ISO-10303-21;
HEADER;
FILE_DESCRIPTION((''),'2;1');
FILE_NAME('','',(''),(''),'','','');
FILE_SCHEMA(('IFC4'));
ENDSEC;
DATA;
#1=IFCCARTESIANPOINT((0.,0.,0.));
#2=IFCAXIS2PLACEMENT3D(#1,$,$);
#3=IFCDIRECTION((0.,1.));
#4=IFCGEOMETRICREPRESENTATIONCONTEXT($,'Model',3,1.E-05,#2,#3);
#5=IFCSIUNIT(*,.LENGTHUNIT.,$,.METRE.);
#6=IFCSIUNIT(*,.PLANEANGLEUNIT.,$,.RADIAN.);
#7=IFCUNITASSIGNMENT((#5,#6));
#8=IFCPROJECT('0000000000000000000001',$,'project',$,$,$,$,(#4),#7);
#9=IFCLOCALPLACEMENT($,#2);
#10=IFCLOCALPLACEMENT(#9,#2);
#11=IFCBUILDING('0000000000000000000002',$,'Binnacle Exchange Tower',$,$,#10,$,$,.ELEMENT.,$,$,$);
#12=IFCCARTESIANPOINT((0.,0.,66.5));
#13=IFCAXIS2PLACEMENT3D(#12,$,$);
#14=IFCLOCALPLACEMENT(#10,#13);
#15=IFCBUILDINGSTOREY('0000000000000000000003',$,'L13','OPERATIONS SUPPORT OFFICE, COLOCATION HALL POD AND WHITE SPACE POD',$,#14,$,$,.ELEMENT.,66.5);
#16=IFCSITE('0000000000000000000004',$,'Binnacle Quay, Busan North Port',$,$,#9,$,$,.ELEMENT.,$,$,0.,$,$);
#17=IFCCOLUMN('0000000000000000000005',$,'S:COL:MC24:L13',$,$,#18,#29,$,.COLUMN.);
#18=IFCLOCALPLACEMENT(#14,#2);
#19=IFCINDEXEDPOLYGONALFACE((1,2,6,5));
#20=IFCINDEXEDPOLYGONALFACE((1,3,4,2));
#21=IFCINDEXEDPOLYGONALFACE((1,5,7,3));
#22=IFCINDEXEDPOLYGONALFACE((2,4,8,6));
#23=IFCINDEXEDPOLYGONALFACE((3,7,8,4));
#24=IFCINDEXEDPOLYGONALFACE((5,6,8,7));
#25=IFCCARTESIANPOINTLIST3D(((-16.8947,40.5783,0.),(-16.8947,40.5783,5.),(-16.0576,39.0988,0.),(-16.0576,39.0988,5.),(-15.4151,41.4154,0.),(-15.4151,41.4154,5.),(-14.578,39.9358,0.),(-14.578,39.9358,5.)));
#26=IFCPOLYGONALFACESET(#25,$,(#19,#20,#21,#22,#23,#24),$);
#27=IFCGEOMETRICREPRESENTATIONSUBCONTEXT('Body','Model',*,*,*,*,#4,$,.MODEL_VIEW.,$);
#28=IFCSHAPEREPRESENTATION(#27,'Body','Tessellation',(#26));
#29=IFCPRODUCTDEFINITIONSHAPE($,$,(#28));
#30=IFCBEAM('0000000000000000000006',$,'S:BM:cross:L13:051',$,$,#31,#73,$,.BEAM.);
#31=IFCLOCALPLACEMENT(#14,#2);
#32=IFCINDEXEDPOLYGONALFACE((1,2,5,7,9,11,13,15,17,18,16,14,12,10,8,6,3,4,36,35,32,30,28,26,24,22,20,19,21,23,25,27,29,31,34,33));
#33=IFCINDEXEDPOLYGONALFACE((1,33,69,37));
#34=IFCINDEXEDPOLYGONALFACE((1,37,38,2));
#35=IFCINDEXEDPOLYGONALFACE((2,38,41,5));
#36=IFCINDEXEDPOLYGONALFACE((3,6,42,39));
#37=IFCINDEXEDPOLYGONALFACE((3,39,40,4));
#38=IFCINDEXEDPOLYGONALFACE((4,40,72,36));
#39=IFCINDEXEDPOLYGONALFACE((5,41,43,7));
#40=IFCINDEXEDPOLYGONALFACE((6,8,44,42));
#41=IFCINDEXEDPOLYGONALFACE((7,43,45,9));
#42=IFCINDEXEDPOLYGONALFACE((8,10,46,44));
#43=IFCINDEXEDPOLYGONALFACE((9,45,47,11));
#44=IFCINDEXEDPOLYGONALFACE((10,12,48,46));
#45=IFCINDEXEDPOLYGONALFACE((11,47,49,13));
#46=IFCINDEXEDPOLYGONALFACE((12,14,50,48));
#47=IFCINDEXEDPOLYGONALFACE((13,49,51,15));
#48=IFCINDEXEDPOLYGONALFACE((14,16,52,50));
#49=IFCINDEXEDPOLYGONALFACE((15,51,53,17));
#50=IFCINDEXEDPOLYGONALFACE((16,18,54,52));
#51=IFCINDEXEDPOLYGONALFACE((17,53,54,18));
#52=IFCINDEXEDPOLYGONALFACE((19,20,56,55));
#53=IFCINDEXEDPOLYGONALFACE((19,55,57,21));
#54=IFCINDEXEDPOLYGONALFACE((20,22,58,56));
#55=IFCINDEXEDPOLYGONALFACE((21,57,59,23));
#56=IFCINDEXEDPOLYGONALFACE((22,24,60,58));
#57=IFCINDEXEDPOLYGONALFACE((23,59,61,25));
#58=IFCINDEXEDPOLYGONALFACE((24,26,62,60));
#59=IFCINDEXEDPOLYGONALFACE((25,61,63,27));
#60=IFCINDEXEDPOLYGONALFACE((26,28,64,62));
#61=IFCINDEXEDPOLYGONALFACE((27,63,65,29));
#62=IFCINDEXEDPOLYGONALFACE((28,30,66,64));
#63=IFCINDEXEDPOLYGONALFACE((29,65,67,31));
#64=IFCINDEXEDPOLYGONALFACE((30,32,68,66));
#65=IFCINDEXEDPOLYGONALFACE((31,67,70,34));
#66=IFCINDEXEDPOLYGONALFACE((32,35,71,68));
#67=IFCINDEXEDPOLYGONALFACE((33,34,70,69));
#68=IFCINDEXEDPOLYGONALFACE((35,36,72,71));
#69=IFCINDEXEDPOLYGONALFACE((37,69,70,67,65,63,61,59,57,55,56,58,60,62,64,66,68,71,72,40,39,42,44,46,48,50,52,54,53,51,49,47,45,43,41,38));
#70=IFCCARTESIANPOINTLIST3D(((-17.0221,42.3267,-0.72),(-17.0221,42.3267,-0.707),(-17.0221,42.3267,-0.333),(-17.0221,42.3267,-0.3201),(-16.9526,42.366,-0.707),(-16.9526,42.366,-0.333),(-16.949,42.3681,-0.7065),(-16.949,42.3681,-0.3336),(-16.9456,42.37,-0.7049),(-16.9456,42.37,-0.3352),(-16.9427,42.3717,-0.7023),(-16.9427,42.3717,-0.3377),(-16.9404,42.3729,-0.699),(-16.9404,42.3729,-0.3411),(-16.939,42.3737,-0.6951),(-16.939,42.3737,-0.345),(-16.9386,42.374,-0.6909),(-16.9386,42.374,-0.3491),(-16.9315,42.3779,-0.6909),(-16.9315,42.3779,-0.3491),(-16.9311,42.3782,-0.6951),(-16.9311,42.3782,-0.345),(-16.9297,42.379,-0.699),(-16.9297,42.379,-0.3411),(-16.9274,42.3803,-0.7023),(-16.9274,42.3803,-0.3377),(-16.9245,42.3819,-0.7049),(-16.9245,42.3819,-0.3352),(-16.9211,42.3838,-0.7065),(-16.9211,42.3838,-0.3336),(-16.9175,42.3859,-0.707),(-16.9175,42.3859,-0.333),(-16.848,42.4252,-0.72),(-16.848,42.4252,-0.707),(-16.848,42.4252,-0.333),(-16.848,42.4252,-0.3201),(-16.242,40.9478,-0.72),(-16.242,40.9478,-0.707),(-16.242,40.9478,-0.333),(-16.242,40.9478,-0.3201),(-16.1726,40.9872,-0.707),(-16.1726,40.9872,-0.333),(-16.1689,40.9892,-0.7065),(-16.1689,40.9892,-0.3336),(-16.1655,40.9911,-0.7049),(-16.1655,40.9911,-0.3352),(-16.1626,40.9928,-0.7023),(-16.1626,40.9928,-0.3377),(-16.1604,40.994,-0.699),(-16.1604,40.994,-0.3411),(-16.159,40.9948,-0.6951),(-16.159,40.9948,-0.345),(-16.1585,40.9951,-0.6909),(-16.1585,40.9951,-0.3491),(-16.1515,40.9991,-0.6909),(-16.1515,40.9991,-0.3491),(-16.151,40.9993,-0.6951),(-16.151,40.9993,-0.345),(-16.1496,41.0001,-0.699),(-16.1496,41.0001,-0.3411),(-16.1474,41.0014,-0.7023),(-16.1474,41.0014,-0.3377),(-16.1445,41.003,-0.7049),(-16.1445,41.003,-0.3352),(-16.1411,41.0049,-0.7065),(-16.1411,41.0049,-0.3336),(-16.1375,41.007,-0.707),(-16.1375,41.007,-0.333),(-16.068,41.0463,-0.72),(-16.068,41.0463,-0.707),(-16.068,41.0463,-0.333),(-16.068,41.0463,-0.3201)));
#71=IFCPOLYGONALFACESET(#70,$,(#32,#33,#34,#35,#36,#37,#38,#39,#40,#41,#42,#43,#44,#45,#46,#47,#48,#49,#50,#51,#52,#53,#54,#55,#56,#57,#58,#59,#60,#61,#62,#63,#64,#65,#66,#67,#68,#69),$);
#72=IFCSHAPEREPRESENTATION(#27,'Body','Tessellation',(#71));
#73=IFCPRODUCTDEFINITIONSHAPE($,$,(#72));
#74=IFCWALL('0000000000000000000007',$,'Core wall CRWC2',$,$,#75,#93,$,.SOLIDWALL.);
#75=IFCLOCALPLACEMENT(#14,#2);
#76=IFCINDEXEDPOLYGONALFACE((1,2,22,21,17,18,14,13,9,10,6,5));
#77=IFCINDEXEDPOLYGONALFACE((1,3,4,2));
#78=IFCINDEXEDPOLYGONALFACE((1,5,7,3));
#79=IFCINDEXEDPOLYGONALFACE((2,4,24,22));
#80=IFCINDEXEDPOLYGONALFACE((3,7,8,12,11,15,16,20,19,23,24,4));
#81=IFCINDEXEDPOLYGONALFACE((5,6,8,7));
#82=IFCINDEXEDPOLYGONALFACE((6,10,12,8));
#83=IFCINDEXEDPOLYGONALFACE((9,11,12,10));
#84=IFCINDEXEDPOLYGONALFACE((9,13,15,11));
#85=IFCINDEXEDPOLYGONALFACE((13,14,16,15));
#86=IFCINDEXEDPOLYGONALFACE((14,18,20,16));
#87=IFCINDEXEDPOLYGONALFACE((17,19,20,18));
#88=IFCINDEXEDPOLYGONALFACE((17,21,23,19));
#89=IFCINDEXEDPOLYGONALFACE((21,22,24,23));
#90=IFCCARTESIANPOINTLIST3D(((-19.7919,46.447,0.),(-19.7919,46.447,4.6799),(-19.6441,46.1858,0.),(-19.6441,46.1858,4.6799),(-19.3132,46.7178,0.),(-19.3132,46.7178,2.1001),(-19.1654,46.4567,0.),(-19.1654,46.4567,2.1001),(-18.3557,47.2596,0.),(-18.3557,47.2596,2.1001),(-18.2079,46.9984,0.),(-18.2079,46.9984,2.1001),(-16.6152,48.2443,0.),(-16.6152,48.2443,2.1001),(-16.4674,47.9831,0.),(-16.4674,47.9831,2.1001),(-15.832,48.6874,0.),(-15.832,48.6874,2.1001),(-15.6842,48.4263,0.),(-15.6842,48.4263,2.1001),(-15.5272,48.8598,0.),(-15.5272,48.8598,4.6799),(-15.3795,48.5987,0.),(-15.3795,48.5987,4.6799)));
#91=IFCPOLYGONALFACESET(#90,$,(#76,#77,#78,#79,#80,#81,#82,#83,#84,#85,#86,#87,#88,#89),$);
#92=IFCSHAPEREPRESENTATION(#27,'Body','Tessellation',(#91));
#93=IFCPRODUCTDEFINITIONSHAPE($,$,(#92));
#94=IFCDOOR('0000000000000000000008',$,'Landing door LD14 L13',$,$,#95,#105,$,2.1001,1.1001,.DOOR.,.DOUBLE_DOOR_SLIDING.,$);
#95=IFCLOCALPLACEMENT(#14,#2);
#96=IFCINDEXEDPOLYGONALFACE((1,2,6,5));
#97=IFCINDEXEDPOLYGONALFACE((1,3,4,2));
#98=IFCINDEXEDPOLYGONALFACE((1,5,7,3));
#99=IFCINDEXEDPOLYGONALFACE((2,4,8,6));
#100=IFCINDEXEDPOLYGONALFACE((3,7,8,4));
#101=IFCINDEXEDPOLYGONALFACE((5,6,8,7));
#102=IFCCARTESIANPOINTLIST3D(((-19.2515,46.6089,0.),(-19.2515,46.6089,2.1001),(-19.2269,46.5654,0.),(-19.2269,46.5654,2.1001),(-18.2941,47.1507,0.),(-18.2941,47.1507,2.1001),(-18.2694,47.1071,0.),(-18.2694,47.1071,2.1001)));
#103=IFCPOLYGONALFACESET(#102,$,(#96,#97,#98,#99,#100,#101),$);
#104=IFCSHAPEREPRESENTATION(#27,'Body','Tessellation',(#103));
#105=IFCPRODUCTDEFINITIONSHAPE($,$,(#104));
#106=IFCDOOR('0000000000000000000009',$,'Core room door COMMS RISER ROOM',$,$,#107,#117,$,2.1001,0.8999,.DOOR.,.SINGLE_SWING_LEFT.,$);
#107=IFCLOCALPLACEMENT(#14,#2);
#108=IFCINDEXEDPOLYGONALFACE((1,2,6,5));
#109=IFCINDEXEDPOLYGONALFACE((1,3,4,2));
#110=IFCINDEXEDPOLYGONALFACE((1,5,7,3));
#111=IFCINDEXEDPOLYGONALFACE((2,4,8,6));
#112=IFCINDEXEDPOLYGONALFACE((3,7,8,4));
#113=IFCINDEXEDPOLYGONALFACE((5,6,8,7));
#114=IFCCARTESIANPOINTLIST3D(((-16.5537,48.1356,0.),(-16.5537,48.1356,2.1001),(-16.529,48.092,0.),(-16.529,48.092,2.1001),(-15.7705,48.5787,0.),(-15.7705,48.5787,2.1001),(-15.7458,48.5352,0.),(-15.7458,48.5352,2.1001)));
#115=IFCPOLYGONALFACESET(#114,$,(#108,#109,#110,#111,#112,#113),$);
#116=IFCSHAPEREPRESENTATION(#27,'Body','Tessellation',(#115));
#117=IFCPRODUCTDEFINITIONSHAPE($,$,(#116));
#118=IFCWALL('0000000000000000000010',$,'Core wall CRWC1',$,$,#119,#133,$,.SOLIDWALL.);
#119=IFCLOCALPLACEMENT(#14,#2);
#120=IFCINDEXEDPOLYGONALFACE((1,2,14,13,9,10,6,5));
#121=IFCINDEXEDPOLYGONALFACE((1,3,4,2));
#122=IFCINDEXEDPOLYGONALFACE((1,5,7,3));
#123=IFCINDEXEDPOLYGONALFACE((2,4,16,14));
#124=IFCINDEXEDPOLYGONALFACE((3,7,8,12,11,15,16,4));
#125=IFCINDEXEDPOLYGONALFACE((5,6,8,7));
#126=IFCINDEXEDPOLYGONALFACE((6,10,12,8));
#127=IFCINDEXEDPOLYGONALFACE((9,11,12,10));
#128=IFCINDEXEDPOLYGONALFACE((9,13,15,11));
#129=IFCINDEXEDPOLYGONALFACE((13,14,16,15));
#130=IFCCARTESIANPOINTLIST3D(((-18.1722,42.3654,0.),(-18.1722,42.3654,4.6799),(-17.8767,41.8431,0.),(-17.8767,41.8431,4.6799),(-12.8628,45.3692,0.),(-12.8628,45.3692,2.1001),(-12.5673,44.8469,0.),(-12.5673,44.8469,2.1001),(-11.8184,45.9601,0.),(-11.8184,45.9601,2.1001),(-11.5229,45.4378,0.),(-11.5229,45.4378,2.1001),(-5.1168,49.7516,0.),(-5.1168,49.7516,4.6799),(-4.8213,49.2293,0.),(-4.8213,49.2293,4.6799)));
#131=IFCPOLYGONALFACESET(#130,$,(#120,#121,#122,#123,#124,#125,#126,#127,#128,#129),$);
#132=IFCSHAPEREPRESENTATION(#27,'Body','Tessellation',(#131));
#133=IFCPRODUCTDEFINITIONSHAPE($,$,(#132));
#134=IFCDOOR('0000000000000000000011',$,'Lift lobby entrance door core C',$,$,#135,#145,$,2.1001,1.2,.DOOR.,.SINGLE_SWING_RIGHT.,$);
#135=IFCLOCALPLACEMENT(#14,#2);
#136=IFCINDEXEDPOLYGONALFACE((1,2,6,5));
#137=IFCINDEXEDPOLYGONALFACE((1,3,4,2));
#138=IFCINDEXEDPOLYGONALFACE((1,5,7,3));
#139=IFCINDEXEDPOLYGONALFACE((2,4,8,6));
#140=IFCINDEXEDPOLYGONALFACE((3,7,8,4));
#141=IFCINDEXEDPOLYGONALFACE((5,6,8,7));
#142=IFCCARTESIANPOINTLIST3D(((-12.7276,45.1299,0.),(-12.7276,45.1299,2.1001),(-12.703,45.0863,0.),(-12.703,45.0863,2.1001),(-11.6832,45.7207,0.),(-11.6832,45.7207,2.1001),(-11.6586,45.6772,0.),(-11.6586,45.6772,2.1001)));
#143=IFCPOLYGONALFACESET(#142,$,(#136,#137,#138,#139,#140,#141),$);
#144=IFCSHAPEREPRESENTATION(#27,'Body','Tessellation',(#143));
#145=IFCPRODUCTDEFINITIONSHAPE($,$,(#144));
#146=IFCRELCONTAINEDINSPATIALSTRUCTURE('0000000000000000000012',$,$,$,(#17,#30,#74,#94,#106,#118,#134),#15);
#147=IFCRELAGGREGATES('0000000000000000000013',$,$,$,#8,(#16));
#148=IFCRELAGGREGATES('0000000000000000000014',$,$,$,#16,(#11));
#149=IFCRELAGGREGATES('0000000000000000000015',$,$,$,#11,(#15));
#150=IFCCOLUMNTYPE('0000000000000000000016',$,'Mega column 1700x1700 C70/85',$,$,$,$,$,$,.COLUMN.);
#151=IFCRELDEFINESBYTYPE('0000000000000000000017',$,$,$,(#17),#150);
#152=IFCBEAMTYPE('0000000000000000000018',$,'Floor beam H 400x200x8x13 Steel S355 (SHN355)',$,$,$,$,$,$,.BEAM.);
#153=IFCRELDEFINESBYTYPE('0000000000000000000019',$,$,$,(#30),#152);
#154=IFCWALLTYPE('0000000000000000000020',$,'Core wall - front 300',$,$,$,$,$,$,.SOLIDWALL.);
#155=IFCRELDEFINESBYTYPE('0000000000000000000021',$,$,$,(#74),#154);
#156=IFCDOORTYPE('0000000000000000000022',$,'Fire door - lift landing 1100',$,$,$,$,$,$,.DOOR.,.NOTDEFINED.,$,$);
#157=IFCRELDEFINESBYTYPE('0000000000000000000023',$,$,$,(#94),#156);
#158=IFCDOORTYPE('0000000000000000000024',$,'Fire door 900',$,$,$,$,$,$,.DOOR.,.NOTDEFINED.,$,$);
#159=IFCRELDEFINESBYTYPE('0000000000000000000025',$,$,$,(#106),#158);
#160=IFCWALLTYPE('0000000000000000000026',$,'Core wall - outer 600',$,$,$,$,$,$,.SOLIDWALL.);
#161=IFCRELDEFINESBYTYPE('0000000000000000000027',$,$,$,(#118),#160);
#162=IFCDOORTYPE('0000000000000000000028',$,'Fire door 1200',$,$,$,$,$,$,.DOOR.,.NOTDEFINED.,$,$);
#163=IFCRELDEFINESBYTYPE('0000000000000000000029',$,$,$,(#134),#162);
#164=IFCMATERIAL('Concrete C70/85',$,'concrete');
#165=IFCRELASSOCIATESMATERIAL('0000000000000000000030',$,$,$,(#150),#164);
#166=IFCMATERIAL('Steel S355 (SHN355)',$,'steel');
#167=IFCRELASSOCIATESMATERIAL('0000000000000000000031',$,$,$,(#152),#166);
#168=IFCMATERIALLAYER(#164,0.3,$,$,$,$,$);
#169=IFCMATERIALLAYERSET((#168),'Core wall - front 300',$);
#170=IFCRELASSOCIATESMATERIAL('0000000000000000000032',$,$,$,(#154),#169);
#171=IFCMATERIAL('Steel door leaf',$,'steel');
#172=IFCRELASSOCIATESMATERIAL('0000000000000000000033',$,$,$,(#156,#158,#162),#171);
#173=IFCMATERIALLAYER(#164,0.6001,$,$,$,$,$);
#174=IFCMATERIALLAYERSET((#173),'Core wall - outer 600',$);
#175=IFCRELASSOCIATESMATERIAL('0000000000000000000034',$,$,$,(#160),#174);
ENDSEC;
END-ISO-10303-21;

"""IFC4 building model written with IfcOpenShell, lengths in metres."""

from ifc_helpers import new_model, si_unit, direction, frame, frame_2d, origin, origin_2d, place, context, subcontext, project, spatial, rectangle, i_section, extrude, material, layer, layer_set, material_profile, profile_set, type_object, element, fill, save


model = new_model("IFC4")

# Units and contexts
model_context = context("Model", 3, precision=1e-05, world=origin(), true_north=direction((0.0, 1.0)))
body_context = subcontext(model_context, "Body", "Model", "MODEL_VIEW")
ifc_project = project(units=[si_unit("LENGTHUNIT", "METRE"), si_unit("PLANEANGLEUNIT", "RADIAN")], contexts=[model_context])

# Site, building, storey
site_placement = place(None, origin())
site = spatial("IfcSite", under=ifc_project, at=site_placement, Name="Binnacle Quay, Busan North Port", CompositionType="ELEMENT", RefElevation=0.0)
building_placement = place(site_placement, origin())
building = spatial("IfcBuilding", under=site, at=building_placement, Name="Binnacle Exchange Tower", CompositionType="ELEMENT")
storey_placement = place(building_placement, frame((0.0, 0.0, 66.5)))
storey = spatial("IfcBuildingStorey", under=building, at=storey_placement, Name="L13", Description="OPERATIONS SUPPORT OFFICE, COLOCATION HALL POD AND WHITE SPACE POD", CompositionType="ELEMENT", Elevation=66.5)

# Column
ifc_material_1 = material(Name="Concrete C70/85", Category="concrete")
ifc_material_profile_1 = material_profile(ifc_material_1, rectangle(XDim=1.7, YDim=1.7, at=origin_2d()), Name="Mega column 1700x1700 C70/85")
ifc_profile_set_1 = profile_set([ifc_material_profile_1], Name="Concrete C70/85")
column_type = type_object("IfcColumnType", Name="Mega column 1700x1700 C70/85", PredefinedType="COLUMN", material=ifc_profile_set_1)
column_placement = place(storey_placement, frame((-15.7363, 40.2571, 0.0), z_axis=(0.0, 0.0, 1.0), x_axis=(0.870356, 0.492424, 0.0)))
element("IfcColumn", 1, at=column_placement, inside=storey, type_object=column_type, Name="S:COL:MC24:L13", PredefinedType="COLUMN", context=body_context, shape_type="SweptSolid", body=[
    extrude(rectangle(XDim=1.7, YDim=1.7, at=origin_2d()), origin(), (0.0, 0.0, 1.0), 5.0),
])

# Beam
ifc_material_2 = material(Name="Steel S355 (SHN355)", Category="steel")
ifc_material_profile_2 = material_profile(ifc_material_2, i_section(OverallWidth=0.2, OverallDepth=0.3999, WebThickness=0.0081, FlangeThickness=0.0129, FilletRadius=0.0161, at=origin_2d()), Name="H 400x200x8x13")
ifc_profile_set_2 = profile_set([ifc_material_profile_2], Name="Steel S355 (SHN355)")
beam_type = type_object("IfcBeamType", Name="Floor beam H 400x200x8x13 Steel S355 (SHN355)", PredefinedType="BEAM", material=ifc_profile_set_2)
beam_placement = place(storey_placement, frame((-16.155, 40.9971, -0.52), z_axis=(-0.492367, 0.870388, 0.0), x_axis=(-0.870388, -0.492367, 0.0)))
element("IfcBeam", 2, at=beam_placement, inside=storey, type_object=beam_type, Name="S:BM:cross:L13:051", PredefinedType="BEAM", context=body_context, shape_type="SweptSolid", body=[
    extrude(i_section(OverallWidth=0.2, OverallDepth=0.3999, WebThickness=0.0081, FlangeThickness=0.0129, FilletRadius=0.0161, at=origin_2d()), origin(), (0.0, 0.0, 1.0), 1.5842),
])

# Wall, openings, doors
ifc_layer_1 = layer(ifc_material_1, 0.3)
ifc_layer_set_1 = layer_set([ifc_layer_1], Name="Core wall - front 300")
wall_type_1 = type_object("IfcWallType", Name="Core wall - front 300", PredefinedType="SOLIDWALL", material=ifc_layer_set_1)
wall_1_placement = place(storey_placement, frame((-19.718, 46.3164, 0.0), z_axis=(0.0, 0.0, 1.0), x_axis=(0.870354, 0.492427, 0.0)))
wall_1 = element("IfcWall", 3, at=wall_1_placement, inside=storey, type_object=wall_type_1, Name="Core wall CRWC2", PredefinedType="SOLIDWALL", context=body_context, shape_type="SweptSolid", body=[
    extrude(rectangle(XDim=4.8999, YDim=0.3, at=frame_2d((2.45, 0.0))), origin(), (0.0, 0.0, 1.0), 4.6799),
])
opening_1_placement = place(wall_1_placement, frame((0.55, 0.0, 0.0)))
opening_1 = element("IfcOpeningElement", 4, at=opening_1_placement, cuts=wall_1, PredefinedType="OPENING", context=body_context, shape_type="SweptSolid", body=[
    extrude(rectangle(XDim=1.1001, YDim=2.1001, at=frame_2d((0.55, 1.05))), frame((0.0, 0.1599, 0.0), z_axis=(0.0, -1.0, 0.0), x_axis=(1.0, 0.0, 0.0)), (0.0, 0.0, 1.0), 0.3201),
])
opening_2_placement = place(wall_1_placement, frame((3.6499, 0.0, 0.0)))
opening_2 = element("IfcOpeningElement", 5, at=opening_2_placement, cuts=wall_1, PredefinedType="OPENING", context=body_context, shape_type="SweptSolid", body=[
    extrude(rectangle(XDim=0.8999, YDim=2.1001, at=frame_2d((0.45, 1.05))), frame((0.0, 0.1599, 0.0), z_axis=(0.0, -1.0, 0.0), x_axis=(1.0, 0.0, 0.0)), (0.0, 0.0, 1.0), 0.3201),
])
ifc_material_3 = material(Name="Steel door leaf", Category="steel")
door_type_1 = type_object("IfcDoorType", Name="Fire door - lift landing 1100", OperationType="NOTDEFINED", PredefinedType="DOOR", material=ifc_material_3)
door_1_placement = place(opening_1_placement, origin())
door_1 = element("IfcDoor", 6, at=door_1_placement, inside=storey, type_object=door_type_1, Name="Landing door LD14 L13", OperationType="DOUBLE_DOOR_SLIDING", OverallHeight=2.1001, OverallWidth=1.1001, PredefinedType="DOOR", context=body_context, shape_type="SweptSolid", body=[
    extrude(rectangle(XDim=1.1001, YDim=2.1001, at=frame_2d((0.55, 1.05))), frame((0.0, 0.0249, 0.0), z_axis=(0.0, -1.0, 0.0), x_axis=(1.0, 0.0, 0.0)), (0.0, 0.0, 1.0), 0.05),
])
fill(opening_1, door_1)
door_type_2 = type_object("IfcDoorType", Name="Fire door 900", OperationType="NOTDEFINED", PredefinedType="DOOR", material=ifc_material_3)
door_2_placement = place(opening_2_placement, frame((0.8999, 0.0, 0.0), z_axis=(0.0, 0.0, 1.0), x_axis=(-1.0, 0.0, 0.0)))
door_2 = element("IfcDoor", 7, at=door_2_placement, inside=storey, type_object=door_type_2, Name="Core room door COMMS RISER ROOM", OperationType="SINGLE_SWING_LEFT", OverallHeight=2.1001, OverallWidth=0.8999, PredefinedType="DOOR", context=body_context, shape_type="SweptSolid", body=[
    extrude(rectangle(XDim=0.8999, YDim=2.1001, at=frame_2d((0.45, 1.05))), frame((0.0, 0.0249, 0.0), z_axis=(0.0, -1.0, 0.0), x_axis=(1.0, 0.0, 0.0)), (0.0, 0.0, 1.0), 0.05),
])
fill(opening_2, door_2)

# Wall, opening, door
ifc_layer_2 = layer(ifc_material_1, 0.6001)
ifc_layer_set_2 = layer_set([ifc_layer_2], Name="Core wall - outer 600")
wall_type_2 = type_object("IfcWallType", Name="Core wall - outer 600", PredefinedType="SOLIDWALL", material=ifc_layer_set_2)
wall_2_placement = place(storey_placement, frame((-18.0244, 42.1042, 0.0), z_axis=(0.0, 0.0, 1.0), x_axis=(0.870361, 0.492415, 0.0)))
wall_2 = element("IfcWall", 8, at=wall_2_placement, inside=storey, type_object=wall_type_2, Name="Core wall CRWC1", PredefinedType="SOLIDWALL", context=body_context, shape_type="SweptSolid", body=[
    extrude(rectangle(XDim=15.0, YDim=0.6001, at=frame_2d((7.5, 0.0))), origin(), (0.0, 0.0, 1.0), 4.6799),
])
opening_3_placement = place(wall_2_placement, frame((6.1001, 0.0, 0.0)))
opening_3 = element("IfcOpeningElement", 9, at=opening_3_placement, cuts=wall_2, PredefinedType="OPENING", context=body_context, shape_type="SweptSolid", body=[
    extrude(rectangle(XDim=1.2, YDim=2.1001, at=frame_2d((0.6001, 1.05))), frame((0.0, 0.3101, 0.0), z_axis=(0.0, -1.0, 0.0), x_axis=(1.0, 0.0, 0.0)), (0.0, 0.0, 1.0), 0.6201),
])
door_type_3 = type_object("IfcDoorType", Name="Fire door 1200", OperationType="NOTDEFINED", PredefinedType="DOOR", material=ifc_material_3)
door_3_placement = place(opening_3_placement, frame((1.2, 0.0, 0.0), z_axis=(0.0, 0.0, 1.0), x_axis=(-1.0, 0.0, 0.0)))
door_3 = element("IfcDoor", 10, at=door_3_placement, inside=storey, type_object=door_type_3, Name="Lift lobby entrance door core C", OperationType="SINGLE_SWING_RIGHT", OverallHeight=2.1001, OverallWidth=1.2, PredefinedType="DOOR", context=body_context, shape_type="SweptSolid", body=[
    extrude(rectangle(XDim=1.2, YDim=2.1001, at=frame_2d((0.6001, 1.05))), frame((0.0, 0.0249, 0.0), z_axis=(0.0, -1.0, 0.0), x_axis=(1.0, 0.0, 0.0)), (0.0, 0.0, 1.0), 0.05),
])
fill(opening_3, door_3)

save(model, "model.ifc")
